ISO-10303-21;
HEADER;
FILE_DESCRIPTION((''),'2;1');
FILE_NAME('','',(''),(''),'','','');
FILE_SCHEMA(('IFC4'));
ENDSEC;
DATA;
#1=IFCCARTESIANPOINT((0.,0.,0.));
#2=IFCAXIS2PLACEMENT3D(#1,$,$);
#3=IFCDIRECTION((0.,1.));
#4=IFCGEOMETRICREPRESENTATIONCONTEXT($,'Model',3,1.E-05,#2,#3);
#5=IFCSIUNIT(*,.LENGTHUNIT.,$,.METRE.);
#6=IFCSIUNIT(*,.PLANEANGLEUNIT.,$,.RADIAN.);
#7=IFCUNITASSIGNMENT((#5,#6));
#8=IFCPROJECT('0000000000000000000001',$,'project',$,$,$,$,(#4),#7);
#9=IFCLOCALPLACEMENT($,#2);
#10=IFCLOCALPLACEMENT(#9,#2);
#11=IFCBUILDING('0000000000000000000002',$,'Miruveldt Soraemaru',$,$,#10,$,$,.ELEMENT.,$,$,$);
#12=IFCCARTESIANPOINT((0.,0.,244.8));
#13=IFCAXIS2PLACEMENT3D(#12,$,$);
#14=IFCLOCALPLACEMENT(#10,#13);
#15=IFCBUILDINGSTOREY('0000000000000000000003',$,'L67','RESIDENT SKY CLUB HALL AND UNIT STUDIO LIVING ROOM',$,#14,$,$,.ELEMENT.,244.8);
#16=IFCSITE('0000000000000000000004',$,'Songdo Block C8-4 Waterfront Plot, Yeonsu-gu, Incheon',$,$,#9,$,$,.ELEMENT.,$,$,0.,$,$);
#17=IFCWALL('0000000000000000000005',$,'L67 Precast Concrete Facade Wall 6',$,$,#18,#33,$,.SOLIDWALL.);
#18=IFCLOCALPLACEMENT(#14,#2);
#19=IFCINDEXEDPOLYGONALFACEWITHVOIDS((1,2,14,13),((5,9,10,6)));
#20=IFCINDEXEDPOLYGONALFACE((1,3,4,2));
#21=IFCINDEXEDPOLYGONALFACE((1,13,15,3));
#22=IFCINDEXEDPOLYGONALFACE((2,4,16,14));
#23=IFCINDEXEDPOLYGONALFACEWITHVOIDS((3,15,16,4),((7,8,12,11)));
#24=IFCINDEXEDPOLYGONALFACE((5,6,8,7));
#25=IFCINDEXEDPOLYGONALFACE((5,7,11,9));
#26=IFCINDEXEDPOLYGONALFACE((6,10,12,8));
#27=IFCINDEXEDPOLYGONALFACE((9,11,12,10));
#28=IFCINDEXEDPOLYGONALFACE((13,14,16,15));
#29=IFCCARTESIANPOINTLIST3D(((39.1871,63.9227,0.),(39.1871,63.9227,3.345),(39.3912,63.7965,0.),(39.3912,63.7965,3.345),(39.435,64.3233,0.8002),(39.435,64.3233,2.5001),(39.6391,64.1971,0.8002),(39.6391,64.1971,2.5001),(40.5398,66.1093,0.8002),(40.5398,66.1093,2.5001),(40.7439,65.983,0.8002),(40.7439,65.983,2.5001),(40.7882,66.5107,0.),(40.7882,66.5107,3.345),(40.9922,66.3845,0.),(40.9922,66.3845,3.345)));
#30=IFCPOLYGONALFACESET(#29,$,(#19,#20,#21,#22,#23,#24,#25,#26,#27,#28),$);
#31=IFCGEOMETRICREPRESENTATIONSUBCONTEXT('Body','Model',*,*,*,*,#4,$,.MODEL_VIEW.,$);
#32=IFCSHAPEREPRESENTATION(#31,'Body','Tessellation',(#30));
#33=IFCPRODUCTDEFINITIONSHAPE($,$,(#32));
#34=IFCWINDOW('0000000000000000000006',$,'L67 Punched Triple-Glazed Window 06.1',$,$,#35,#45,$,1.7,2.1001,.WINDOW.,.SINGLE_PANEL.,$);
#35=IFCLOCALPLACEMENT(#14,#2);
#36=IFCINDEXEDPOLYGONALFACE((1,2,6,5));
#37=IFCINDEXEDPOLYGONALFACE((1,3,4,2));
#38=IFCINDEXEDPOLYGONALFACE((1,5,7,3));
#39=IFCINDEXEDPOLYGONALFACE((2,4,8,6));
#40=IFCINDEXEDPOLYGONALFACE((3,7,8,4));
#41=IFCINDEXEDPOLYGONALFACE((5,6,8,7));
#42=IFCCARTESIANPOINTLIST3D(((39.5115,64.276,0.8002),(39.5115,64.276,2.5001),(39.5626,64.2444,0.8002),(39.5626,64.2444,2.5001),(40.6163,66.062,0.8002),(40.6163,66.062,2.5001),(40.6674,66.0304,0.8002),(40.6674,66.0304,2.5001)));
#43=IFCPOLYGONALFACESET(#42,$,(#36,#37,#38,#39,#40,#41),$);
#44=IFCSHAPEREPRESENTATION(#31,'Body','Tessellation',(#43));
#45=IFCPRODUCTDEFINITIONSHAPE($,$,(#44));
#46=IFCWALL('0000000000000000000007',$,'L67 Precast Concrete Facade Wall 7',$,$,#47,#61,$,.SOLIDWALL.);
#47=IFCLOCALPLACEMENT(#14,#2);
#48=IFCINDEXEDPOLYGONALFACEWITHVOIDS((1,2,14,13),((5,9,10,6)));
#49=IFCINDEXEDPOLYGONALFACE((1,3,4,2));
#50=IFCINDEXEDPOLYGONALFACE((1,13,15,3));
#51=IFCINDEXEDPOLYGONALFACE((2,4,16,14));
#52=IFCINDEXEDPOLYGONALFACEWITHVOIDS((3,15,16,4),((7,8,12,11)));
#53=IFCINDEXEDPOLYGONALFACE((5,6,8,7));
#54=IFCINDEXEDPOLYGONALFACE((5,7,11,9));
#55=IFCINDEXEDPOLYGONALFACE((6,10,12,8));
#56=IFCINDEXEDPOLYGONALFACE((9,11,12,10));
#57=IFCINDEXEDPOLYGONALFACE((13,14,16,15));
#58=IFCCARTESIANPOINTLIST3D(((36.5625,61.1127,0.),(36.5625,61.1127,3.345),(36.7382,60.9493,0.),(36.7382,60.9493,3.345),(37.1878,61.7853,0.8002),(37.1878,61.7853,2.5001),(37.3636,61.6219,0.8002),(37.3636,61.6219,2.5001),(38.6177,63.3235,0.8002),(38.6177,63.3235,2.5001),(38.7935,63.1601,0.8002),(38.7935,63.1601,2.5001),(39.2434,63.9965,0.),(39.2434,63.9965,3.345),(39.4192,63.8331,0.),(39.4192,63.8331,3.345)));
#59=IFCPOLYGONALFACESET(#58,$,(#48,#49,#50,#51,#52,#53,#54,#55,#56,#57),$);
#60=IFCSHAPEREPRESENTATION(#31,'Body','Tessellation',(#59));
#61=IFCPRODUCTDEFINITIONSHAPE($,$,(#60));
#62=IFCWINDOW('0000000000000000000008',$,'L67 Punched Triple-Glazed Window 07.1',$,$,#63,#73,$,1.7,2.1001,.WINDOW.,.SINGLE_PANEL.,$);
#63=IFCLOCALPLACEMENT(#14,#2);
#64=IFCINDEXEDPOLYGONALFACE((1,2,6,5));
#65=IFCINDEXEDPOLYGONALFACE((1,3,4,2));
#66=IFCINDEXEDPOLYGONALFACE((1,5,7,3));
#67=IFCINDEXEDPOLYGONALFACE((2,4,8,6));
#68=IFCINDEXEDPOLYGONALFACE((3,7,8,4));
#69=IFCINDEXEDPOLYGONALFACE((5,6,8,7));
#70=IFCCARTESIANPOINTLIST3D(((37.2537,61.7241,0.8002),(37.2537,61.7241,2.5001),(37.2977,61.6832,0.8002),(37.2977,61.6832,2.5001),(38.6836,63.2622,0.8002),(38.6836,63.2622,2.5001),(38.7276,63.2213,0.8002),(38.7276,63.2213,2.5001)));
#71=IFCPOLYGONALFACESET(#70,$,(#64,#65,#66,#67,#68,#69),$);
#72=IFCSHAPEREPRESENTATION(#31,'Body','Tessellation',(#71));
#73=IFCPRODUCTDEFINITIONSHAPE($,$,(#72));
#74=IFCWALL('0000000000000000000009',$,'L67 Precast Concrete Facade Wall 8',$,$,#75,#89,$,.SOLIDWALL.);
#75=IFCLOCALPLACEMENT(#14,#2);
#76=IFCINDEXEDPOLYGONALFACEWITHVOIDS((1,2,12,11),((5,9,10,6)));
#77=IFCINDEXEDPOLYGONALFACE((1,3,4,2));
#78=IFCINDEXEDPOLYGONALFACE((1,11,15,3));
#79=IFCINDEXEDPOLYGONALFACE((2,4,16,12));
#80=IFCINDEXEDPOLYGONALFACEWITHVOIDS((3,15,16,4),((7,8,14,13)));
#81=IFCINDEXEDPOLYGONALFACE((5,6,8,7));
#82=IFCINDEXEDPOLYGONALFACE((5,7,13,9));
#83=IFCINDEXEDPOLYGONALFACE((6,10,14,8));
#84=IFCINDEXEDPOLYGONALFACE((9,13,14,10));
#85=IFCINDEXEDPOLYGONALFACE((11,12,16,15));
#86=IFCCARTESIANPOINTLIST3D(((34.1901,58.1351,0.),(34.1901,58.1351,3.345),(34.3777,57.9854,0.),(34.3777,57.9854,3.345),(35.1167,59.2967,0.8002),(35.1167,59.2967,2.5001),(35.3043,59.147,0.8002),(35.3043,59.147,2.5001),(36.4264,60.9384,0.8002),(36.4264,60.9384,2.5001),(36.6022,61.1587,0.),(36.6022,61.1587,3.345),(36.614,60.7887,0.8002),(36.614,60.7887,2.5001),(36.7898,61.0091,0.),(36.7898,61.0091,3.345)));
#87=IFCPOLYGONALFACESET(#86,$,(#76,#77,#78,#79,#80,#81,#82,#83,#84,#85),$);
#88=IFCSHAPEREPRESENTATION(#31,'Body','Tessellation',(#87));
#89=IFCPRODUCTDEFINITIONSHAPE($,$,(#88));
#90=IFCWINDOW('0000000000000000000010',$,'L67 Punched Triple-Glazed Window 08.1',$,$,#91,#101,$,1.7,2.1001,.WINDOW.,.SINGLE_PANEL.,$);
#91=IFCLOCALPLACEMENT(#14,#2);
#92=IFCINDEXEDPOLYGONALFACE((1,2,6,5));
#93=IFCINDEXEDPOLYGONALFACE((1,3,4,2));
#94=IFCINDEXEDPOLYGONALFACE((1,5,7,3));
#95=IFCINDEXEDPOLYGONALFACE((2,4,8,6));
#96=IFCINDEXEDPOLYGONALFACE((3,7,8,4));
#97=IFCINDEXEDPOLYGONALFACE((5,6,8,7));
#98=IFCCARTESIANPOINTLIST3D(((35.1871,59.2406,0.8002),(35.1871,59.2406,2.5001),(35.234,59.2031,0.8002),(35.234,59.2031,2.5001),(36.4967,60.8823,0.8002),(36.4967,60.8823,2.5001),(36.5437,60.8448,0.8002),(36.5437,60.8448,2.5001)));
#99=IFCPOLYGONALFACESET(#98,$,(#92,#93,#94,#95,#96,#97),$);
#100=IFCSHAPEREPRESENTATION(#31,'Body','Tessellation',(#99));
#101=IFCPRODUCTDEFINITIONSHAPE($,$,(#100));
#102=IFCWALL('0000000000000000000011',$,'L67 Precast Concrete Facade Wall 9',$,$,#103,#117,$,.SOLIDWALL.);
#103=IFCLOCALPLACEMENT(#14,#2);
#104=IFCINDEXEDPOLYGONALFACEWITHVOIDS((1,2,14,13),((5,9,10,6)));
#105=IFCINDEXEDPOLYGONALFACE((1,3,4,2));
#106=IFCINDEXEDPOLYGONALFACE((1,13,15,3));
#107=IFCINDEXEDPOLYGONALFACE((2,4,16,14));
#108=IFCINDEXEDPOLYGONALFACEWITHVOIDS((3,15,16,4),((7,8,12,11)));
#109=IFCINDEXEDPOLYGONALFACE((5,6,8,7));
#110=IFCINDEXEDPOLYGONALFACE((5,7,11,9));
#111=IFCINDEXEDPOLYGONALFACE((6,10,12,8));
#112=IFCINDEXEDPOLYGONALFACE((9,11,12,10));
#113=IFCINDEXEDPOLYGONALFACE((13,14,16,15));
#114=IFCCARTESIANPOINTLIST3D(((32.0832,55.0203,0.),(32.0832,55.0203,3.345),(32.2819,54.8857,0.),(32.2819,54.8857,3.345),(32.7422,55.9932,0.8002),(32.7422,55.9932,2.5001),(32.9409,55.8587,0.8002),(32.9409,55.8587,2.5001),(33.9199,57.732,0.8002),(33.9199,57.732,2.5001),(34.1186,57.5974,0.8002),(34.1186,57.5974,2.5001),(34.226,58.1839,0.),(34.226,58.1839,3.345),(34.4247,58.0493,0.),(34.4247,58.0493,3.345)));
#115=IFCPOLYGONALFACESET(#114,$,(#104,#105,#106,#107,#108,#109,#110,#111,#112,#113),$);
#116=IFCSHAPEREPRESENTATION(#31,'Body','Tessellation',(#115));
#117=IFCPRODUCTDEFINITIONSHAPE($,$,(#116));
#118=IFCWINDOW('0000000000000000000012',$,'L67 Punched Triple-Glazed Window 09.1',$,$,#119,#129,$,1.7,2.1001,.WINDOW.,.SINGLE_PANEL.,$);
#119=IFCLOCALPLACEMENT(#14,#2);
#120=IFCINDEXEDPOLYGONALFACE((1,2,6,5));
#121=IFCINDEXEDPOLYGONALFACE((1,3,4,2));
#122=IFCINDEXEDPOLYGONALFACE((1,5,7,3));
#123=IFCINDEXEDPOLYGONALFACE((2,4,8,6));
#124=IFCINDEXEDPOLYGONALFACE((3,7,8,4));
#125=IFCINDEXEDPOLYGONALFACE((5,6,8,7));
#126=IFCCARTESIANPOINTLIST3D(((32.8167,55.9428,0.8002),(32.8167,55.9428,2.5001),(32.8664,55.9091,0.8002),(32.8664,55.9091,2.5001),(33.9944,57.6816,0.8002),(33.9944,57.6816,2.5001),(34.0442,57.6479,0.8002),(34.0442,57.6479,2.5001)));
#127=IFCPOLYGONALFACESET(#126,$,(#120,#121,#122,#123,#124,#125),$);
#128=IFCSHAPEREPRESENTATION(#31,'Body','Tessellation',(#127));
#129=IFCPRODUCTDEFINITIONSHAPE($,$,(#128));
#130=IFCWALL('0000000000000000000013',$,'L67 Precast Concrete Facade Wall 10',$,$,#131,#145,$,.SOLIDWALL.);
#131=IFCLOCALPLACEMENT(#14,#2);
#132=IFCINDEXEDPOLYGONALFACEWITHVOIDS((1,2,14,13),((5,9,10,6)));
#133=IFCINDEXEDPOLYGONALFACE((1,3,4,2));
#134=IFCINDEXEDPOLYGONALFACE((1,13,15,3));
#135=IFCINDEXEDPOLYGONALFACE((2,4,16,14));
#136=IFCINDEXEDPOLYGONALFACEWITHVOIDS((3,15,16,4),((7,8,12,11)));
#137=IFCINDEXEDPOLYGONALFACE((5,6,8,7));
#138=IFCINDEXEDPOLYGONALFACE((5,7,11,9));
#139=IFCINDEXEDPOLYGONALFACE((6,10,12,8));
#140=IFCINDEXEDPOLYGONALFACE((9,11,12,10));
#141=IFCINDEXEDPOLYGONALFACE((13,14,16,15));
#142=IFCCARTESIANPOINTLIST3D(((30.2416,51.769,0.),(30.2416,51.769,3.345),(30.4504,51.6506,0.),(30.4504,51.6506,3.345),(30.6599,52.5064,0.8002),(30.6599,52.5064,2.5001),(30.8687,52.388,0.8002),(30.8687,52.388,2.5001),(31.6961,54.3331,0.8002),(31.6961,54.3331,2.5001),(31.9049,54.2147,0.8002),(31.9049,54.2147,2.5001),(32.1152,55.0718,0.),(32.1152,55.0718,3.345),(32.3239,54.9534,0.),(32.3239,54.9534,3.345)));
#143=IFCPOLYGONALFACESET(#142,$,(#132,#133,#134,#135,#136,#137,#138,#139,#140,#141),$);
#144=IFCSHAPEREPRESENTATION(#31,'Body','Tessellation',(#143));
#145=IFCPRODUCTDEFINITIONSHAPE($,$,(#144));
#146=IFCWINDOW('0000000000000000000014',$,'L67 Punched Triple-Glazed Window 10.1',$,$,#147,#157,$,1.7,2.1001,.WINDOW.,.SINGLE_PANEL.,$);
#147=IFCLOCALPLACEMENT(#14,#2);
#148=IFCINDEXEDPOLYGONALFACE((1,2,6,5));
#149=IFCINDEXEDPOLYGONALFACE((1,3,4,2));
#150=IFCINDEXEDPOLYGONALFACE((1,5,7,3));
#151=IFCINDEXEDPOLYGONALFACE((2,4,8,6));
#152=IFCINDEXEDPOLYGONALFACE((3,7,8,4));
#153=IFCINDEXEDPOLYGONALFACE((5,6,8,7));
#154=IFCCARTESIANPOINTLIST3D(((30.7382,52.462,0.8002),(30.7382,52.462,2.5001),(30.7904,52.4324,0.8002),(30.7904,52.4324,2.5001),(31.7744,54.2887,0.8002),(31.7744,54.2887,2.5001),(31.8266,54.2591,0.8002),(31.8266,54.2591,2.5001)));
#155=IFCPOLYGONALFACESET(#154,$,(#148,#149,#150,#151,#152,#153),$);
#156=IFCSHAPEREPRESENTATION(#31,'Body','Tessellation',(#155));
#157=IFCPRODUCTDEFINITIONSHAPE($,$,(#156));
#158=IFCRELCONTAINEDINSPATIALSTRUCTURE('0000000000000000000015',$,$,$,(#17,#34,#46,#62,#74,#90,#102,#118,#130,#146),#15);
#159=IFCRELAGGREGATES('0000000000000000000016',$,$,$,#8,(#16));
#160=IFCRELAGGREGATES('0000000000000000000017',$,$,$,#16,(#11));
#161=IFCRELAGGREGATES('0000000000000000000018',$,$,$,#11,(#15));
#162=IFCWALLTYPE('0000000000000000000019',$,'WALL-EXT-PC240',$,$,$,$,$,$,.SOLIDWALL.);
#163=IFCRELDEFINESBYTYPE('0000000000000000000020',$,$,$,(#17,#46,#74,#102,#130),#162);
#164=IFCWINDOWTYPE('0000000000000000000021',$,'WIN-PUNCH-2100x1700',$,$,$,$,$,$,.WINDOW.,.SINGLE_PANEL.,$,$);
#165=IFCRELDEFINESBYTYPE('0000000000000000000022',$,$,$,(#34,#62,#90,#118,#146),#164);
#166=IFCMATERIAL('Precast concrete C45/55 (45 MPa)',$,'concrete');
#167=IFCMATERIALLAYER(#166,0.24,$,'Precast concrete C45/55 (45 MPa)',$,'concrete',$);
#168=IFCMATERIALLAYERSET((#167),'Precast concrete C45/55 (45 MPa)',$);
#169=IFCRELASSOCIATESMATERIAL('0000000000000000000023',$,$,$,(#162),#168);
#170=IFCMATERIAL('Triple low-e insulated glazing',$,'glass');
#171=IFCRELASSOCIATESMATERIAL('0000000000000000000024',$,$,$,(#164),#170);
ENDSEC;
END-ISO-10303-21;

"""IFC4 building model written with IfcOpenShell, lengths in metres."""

from ifc_helpers import new_model, si_unit, direction, frame, frame_2d, origin, place, context, subcontext, project, spatial, rectangle, extrude, material, layer, layer_set, type_object, element, fill, save


model = new_model("IFC4")

# Units and contexts
model_context = context("Model", 3, precision=1e-05, world=origin(), true_north=direction((0.0, 1.0)))
body_context = subcontext(model_context, "Body", "Model", "MODEL_VIEW")
ifc_project = project(units=[si_unit("LENGTHUNIT", "METRE"), si_unit("PLANEANGLEUNIT", "RADIAN")], contexts=[model_context])

# Site, building, storey
site_placement = place(None, origin())
site = spatial("IfcSite", under=ifc_project, at=site_placement, Name="Songdo Block C8-4 Waterfront Plot, Yeonsu-gu, Incheon", CompositionType="ELEMENT", RefElevation=0.0)
building_placement = place(site_placement, origin())
building = spatial("IfcBuilding", under=site, at=building_placement, Name="Miruveldt Soraemaru", CompositionType="ELEMENT")
storey_placement = place(building_placement, frame((0.0, 0.0, 244.8)))
storey = spatial("IfcBuildingStorey", under=building, at=storey_placement, Name="L67", Description="RESIDENT SKY CLUB HALL AND UNIT STUDIO LIVING ROOM", CompositionType="ELEMENT", Elevation=244.8)

# Walls, openings, windows
ifc_material_1 = material(Name="Precast concrete C45/55 (45 MPa)", Category="concrete")
ifc_layer_1 = layer(ifc_material_1, 0.24, Name="Precast concrete C45/55 (45 MPa)", Category="concrete")
ifc_layer_set_1 = layer_set([ifc_layer_1], Name="Precast concrete C45/55 (45 MPa)")
wall_type_1 = type_object("IfcWallType", Name="WALL-EXT-PC240", PredefinedType="SOLIDWALL", material=ifc_layer_set_1)
wall_1_placement = place(storey_placement, frame((40.8901, 66.4475, 0.0), z_axis=(0.0, 0.0, 1.0), x_axis=(-0.526092, -0.850428, 0.0)))
wall_1 = element("IfcWall", 1, at=wall_1_placement, inside=storey, type_object=wall_type_1, Name="L67 Precast Concrete Facade Wall 6", PredefinedType="SOLIDWALL", context=body_context, shape_type="SweptSolid", body=[
    extrude(rectangle(XDim=3.0432, YDim=0.24, at=frame_2d((1.5215, 0.0))), origin(), (0.0, 0.0, 1.0), 3.345),
])
opening_1_placement = place(wall_1_placement, frame((0.4719, 0.0, 0.8)))
opening_1 = element("IfcOpeningElement", 2, at=opening_1_placement, cuts=wall_1, PredefinedType="OPENING", context=body_context, shape_type="SweptSolid", body=[
    extrude(rectangle(XDim=2.1001, YDim=1.7, at=frame_2d((1.05, 0.8501))), frame((0.0, 0.1299, 0.0), z_axis=(0.0, -1.0, 0.0), x_axis=(1.0, 0.0, 0.0)), (0.0, 0.0, 1.0), 0.26),
])
ifc_material_2 = material(Name="Triple low-e insulated glazing", Category="glass")
window_type = type_object("IfcWindowType", Name="WIN-PUNCH-2100x1700", PartitioningType="SINGLE_PANEL", PredefinedType="WINDOW", material=ifc_material_2)
window_1_placement = place(opening_1_placement, origin())
window_1 = element("IfcWindow", 3, at=window_1_placement, inside=storey, type_object=window_type, Name="L67 Punched Triple-Glazed Window 06.1", OverallHeight=1.7, OverallWidth=2.1001, PartitioningType="SINGLE_PANEL", PredefinedType="WINDOW", context=body_context, shape_type="SweptSolid", body=[
    extrude(rectangle(XDim=2.1001, YDim=1.7, at=frame_2d((1.05, 0.8501))), frame((0.0, 0.03, 0.0), z_axis=(0.0, -1.0, 0.0), x_axis=(1.0, 0.0, 0.0)), (0.0, 0.0, 1.0), 0.0601),
])
fill(opening_1, window_1)
wall_2_placement = place(storey_placement, frame((39.3313, 63.9148, 0.0), z_axis=(0.0, 0.0, 1.0), x_axis=(-0.680874, -0.7324, 0.0)))
wall_2 = element("IfcWall", 4, at=wall_2_placement, inside=storey, type_object=wall_type_1, Name="L67 Precast Concrete Facade Wall 7", PredefinedType="SOLIDWALL", context=body_context, shape_type="SweptSolid", body=[
    extrude(rectangle(XDim=3.9375, YDim=0.24, at=frame_2d((1.9688, 0.0))), origin(), (0.0, 0.0, 1.0), 3.345),
])
opening_2_placement = place(wall_2_placement, frame((0.9189, 0.0, 0.8)))
opening_2 = element("IfcOpeningElement", 5, at=opening_2_placement, cuts=wall_2, PredefinedType="OPENING", context=body_context, shape_type="SweptSolid", body=[
    extrude(rectangle(XDim=2.1001, YDim=1.7, at=frame_2d((1.05, 0.8501))), frame((0.0, 0.1299, 0.0), z_axis=(0.0, -1.0, 0.0), x_axis=(1.0, 0.0, 0.0)), (0.0, 0.0, 1.0), 0.26),
])
window_2_placement = place(opening_2_placement, origin())
window_2 = element("IfcWindow", 6, at=window_2_placement, inside=storey, type_object=window_type, Name="L67 Punched Triple-Glazed Window 07.1", OverallHeight=1.7, OverallWidth=2.1001, PartitioningType="SINGLE_PANEL", PredefinedType="WINDOW", context=body_context, shape_type="SweptSolid", body=[
    extrude(rectangle(XDim=2.1001, YDim=1.7, at=frame_2d((1.05, 0.8501))), frame((0.0, 0.03, 0.0), z_axis=(0.0, -1.0, 0.0), x_axis=(1.0, 0.0, 0.0)), (0.0, 0.0, 1.0), 0.0601),
])
fill(opening_2, window_2)
wall_3_placement = place(storey_placement, frame((36.696, 61.084, 0.0), z_axis=(0.0, 0.0, 1.0), x_axis=(-0.623617, -0.78173, 0.0)))
wall_3 = element("IfcWall", 7, at=wall_3_placement, inside=storey, type_object=wall_type_1, Name="L67 Precast Concrete Facade Wall 8", PredefinedType="SOLIDWALL", context=body_context, shape_type="SweptSolid", body=[
    extrude(rectangle(XDim=3.8679, YDim=0.24, at=frame_2d((1.9341, 0.0))), origin(), (0.0, 0.0, 1.0), 3.345),
])
opening_3_placement = place(wall_3_placement, frame((0.282, 0.0, 0.8)))
opening_3 = element("IfcOpeningElement", 8, at=opening_3_placement, cuts=wall_3, PredefinedType="OPENING", context=body_context, shape_type="SweptSolid", body=[
    extrude(rectangle(XDim=2.1001, YDim=1.7, at=frame_2d((1.05, 0.8501))), frame((0.0, 0.1299, 0.0), z_axis=(0.0, -1.0, 0.0), x_axis=(1.0, 0.0, 0.0)), (0.0, 0.0, 1.0), 0.26),
])
window_3_placement = place(opening_3_placement, origin())
window_3 = element("IfcWindow", 9, at=window_3_placement, inside=storey, type_object=window_type, Name="L67 Punched Triple-Glazed Window 08.1", OverallHeight=1.7, OverallWidth=2.1001, PartitioningType="SINGLE_PANEL", PredefinedType="WINDOW", context=body_context, shape_type="SweptSolid", body=[
    extrude(rectangle(XDim=2.1001, YDim=1.7, at=frame_2d((1.05, 0.8501))), frame((0.0, 0.03, 0.0), z_axis=(0.0, -1.0, 0.0), x_axis=(1.0, 0.0, 0.0)), (0.0, 0.0, 1.0), 0.0601),
])
fill(opening_3, window_3)
wall_4_placement = place(storey_placement, frame((34.3254, 58.1167, 0.0), z_axis=(0.0, 0.0, 1.0), x_axis=(-0.560804, -0.827948, 0.0)))
wall_4 = element("IfcWall", 10, at=wall_4_placement, inside=storey, type_object=wall_type_1, Name="L67 Precast Concrete Facade Wall 9", PredefinedType="SOLIDWALL", context=body_context, shape_type="SweptSolid", body=[
    extrude(rectangle(XDim=3.821, YDim=0.24, at=frame_2d((1.9106, 0.0))), origin(), (0.0, 0.0, 1.0), 3.345),
])
opening_4_placement = place(wall_4_placement, frame((0.5459, 0.0, 0.8)))
opening_4 = element("IfcOpeningElement", 11, at=opening_4_placement, cuts=wall_4, PredefinedType="OPENING", context=body_context, shape_type="SweptSolid", body=[
    extrude(rectangle(XDim=2.1001, YDim=1.7, at=frame_2d((1.05, 0.8501))), frame((0.0, 0.1299, 0.0), z_axis=(0.0, -1.0, 0.0), x_axis=(1.0, 0.0, 0.0)), (0.0, 0.0, 1.0), 0.26),
])
window_4_placement = place(opening_4_placement, origin())
window_4 = element("IfcWindow", 12, at=window_4_placement, inside=storey, type_object=window_type, Name="L67 Punched Triple-Glazed Window 09.1", OverallHeight=1.7, OverallWidth=2.1001, PartitioningType="SINGLE_PANEL", PredefinedType="WINDOW", context=body_context, shape_type="SweptSolid", body=[
    extrude(rectangle(XDim=2.1001, YDim=1.7, at=frame_2d((1.05, 0.8501))), frame((0.0, 0.03, 0.0), z_axis=(0.0, -1.0, 0.0), x_axis=(1.0, 0.0, 0.0)), (0.0, 0.0, 1.0), 0.0601),
])
fill(opening_4, window_4)
wall_5_placement = place(storey_placement, frame((32.2195, 55.0125, 0.0), z_axis=(0.0, 0.0, 1.0), x_axis=(-0.493408, -0.869798, 0.0)))
wall_5 = element("IfcWall", 13, at=wall_5_placement, inside=storey, type_object=wall_type_1, Name="L67 Precast Concrete Facade Wall 10", PredefinedType="SOLIDWALL", context=body_context, shape_type="SweptSolid", body=[
    extrude(rectangle(XDim=3.7971, YDim=0.24, at=frame_2d((1.8984, 0.0))), origin(), (0.0, 0.0, 1.0), 3.345),
])
opening_5_placement = place(wall_5_placement, frame((0.8491, 0.0, 0.8)))
opening_5 = element("IfcOpeningElement", 14, at=opening_5_placement, cuts=wall_5, PredefinedType="OPENING", context=body_context, shape_type="SweptSolid", body=[
    extrude(rectangle(XDim=2.1001, YDim=1.7, at=frame_2d((1.05, 0.8501))), frame((0.0, 0.1299, 0.0), z_axis=(0.0, -1.0, 0.0), x_axis=(1.0, 0.0, 0.0)), (0.0, 0.0, 1.0), 0.26),
])
window_5_placement = place(opening_5_placement, origin())
window_5 = element("IfcWindow", 15, at=window_5_placement, inside=storey, type_object=window_type, Name="L67 Punched Triple-Glazed Window 10.1", OverallHeight=1.7, OverallWidth=2.1001, PartitioningType="SINGLE_PANEL", PredefinedType="WINDOW", context=body_context, shape_type="SweptSolid", body=[
    extrude(rectangle(XDim=2.1001, YDim=1.7, at=frame_2d((1.05, 0.8501))), frame((0.0, 0.03, 0.0), z_axis=(0.0, -1.0, 0.0), x_axis=(1.0, 0.0, 0.0)), (0.0, 0.0, 1.0), 0.0601),
])
fill(opening_5, window_5)

save(model, "model.ifc")
